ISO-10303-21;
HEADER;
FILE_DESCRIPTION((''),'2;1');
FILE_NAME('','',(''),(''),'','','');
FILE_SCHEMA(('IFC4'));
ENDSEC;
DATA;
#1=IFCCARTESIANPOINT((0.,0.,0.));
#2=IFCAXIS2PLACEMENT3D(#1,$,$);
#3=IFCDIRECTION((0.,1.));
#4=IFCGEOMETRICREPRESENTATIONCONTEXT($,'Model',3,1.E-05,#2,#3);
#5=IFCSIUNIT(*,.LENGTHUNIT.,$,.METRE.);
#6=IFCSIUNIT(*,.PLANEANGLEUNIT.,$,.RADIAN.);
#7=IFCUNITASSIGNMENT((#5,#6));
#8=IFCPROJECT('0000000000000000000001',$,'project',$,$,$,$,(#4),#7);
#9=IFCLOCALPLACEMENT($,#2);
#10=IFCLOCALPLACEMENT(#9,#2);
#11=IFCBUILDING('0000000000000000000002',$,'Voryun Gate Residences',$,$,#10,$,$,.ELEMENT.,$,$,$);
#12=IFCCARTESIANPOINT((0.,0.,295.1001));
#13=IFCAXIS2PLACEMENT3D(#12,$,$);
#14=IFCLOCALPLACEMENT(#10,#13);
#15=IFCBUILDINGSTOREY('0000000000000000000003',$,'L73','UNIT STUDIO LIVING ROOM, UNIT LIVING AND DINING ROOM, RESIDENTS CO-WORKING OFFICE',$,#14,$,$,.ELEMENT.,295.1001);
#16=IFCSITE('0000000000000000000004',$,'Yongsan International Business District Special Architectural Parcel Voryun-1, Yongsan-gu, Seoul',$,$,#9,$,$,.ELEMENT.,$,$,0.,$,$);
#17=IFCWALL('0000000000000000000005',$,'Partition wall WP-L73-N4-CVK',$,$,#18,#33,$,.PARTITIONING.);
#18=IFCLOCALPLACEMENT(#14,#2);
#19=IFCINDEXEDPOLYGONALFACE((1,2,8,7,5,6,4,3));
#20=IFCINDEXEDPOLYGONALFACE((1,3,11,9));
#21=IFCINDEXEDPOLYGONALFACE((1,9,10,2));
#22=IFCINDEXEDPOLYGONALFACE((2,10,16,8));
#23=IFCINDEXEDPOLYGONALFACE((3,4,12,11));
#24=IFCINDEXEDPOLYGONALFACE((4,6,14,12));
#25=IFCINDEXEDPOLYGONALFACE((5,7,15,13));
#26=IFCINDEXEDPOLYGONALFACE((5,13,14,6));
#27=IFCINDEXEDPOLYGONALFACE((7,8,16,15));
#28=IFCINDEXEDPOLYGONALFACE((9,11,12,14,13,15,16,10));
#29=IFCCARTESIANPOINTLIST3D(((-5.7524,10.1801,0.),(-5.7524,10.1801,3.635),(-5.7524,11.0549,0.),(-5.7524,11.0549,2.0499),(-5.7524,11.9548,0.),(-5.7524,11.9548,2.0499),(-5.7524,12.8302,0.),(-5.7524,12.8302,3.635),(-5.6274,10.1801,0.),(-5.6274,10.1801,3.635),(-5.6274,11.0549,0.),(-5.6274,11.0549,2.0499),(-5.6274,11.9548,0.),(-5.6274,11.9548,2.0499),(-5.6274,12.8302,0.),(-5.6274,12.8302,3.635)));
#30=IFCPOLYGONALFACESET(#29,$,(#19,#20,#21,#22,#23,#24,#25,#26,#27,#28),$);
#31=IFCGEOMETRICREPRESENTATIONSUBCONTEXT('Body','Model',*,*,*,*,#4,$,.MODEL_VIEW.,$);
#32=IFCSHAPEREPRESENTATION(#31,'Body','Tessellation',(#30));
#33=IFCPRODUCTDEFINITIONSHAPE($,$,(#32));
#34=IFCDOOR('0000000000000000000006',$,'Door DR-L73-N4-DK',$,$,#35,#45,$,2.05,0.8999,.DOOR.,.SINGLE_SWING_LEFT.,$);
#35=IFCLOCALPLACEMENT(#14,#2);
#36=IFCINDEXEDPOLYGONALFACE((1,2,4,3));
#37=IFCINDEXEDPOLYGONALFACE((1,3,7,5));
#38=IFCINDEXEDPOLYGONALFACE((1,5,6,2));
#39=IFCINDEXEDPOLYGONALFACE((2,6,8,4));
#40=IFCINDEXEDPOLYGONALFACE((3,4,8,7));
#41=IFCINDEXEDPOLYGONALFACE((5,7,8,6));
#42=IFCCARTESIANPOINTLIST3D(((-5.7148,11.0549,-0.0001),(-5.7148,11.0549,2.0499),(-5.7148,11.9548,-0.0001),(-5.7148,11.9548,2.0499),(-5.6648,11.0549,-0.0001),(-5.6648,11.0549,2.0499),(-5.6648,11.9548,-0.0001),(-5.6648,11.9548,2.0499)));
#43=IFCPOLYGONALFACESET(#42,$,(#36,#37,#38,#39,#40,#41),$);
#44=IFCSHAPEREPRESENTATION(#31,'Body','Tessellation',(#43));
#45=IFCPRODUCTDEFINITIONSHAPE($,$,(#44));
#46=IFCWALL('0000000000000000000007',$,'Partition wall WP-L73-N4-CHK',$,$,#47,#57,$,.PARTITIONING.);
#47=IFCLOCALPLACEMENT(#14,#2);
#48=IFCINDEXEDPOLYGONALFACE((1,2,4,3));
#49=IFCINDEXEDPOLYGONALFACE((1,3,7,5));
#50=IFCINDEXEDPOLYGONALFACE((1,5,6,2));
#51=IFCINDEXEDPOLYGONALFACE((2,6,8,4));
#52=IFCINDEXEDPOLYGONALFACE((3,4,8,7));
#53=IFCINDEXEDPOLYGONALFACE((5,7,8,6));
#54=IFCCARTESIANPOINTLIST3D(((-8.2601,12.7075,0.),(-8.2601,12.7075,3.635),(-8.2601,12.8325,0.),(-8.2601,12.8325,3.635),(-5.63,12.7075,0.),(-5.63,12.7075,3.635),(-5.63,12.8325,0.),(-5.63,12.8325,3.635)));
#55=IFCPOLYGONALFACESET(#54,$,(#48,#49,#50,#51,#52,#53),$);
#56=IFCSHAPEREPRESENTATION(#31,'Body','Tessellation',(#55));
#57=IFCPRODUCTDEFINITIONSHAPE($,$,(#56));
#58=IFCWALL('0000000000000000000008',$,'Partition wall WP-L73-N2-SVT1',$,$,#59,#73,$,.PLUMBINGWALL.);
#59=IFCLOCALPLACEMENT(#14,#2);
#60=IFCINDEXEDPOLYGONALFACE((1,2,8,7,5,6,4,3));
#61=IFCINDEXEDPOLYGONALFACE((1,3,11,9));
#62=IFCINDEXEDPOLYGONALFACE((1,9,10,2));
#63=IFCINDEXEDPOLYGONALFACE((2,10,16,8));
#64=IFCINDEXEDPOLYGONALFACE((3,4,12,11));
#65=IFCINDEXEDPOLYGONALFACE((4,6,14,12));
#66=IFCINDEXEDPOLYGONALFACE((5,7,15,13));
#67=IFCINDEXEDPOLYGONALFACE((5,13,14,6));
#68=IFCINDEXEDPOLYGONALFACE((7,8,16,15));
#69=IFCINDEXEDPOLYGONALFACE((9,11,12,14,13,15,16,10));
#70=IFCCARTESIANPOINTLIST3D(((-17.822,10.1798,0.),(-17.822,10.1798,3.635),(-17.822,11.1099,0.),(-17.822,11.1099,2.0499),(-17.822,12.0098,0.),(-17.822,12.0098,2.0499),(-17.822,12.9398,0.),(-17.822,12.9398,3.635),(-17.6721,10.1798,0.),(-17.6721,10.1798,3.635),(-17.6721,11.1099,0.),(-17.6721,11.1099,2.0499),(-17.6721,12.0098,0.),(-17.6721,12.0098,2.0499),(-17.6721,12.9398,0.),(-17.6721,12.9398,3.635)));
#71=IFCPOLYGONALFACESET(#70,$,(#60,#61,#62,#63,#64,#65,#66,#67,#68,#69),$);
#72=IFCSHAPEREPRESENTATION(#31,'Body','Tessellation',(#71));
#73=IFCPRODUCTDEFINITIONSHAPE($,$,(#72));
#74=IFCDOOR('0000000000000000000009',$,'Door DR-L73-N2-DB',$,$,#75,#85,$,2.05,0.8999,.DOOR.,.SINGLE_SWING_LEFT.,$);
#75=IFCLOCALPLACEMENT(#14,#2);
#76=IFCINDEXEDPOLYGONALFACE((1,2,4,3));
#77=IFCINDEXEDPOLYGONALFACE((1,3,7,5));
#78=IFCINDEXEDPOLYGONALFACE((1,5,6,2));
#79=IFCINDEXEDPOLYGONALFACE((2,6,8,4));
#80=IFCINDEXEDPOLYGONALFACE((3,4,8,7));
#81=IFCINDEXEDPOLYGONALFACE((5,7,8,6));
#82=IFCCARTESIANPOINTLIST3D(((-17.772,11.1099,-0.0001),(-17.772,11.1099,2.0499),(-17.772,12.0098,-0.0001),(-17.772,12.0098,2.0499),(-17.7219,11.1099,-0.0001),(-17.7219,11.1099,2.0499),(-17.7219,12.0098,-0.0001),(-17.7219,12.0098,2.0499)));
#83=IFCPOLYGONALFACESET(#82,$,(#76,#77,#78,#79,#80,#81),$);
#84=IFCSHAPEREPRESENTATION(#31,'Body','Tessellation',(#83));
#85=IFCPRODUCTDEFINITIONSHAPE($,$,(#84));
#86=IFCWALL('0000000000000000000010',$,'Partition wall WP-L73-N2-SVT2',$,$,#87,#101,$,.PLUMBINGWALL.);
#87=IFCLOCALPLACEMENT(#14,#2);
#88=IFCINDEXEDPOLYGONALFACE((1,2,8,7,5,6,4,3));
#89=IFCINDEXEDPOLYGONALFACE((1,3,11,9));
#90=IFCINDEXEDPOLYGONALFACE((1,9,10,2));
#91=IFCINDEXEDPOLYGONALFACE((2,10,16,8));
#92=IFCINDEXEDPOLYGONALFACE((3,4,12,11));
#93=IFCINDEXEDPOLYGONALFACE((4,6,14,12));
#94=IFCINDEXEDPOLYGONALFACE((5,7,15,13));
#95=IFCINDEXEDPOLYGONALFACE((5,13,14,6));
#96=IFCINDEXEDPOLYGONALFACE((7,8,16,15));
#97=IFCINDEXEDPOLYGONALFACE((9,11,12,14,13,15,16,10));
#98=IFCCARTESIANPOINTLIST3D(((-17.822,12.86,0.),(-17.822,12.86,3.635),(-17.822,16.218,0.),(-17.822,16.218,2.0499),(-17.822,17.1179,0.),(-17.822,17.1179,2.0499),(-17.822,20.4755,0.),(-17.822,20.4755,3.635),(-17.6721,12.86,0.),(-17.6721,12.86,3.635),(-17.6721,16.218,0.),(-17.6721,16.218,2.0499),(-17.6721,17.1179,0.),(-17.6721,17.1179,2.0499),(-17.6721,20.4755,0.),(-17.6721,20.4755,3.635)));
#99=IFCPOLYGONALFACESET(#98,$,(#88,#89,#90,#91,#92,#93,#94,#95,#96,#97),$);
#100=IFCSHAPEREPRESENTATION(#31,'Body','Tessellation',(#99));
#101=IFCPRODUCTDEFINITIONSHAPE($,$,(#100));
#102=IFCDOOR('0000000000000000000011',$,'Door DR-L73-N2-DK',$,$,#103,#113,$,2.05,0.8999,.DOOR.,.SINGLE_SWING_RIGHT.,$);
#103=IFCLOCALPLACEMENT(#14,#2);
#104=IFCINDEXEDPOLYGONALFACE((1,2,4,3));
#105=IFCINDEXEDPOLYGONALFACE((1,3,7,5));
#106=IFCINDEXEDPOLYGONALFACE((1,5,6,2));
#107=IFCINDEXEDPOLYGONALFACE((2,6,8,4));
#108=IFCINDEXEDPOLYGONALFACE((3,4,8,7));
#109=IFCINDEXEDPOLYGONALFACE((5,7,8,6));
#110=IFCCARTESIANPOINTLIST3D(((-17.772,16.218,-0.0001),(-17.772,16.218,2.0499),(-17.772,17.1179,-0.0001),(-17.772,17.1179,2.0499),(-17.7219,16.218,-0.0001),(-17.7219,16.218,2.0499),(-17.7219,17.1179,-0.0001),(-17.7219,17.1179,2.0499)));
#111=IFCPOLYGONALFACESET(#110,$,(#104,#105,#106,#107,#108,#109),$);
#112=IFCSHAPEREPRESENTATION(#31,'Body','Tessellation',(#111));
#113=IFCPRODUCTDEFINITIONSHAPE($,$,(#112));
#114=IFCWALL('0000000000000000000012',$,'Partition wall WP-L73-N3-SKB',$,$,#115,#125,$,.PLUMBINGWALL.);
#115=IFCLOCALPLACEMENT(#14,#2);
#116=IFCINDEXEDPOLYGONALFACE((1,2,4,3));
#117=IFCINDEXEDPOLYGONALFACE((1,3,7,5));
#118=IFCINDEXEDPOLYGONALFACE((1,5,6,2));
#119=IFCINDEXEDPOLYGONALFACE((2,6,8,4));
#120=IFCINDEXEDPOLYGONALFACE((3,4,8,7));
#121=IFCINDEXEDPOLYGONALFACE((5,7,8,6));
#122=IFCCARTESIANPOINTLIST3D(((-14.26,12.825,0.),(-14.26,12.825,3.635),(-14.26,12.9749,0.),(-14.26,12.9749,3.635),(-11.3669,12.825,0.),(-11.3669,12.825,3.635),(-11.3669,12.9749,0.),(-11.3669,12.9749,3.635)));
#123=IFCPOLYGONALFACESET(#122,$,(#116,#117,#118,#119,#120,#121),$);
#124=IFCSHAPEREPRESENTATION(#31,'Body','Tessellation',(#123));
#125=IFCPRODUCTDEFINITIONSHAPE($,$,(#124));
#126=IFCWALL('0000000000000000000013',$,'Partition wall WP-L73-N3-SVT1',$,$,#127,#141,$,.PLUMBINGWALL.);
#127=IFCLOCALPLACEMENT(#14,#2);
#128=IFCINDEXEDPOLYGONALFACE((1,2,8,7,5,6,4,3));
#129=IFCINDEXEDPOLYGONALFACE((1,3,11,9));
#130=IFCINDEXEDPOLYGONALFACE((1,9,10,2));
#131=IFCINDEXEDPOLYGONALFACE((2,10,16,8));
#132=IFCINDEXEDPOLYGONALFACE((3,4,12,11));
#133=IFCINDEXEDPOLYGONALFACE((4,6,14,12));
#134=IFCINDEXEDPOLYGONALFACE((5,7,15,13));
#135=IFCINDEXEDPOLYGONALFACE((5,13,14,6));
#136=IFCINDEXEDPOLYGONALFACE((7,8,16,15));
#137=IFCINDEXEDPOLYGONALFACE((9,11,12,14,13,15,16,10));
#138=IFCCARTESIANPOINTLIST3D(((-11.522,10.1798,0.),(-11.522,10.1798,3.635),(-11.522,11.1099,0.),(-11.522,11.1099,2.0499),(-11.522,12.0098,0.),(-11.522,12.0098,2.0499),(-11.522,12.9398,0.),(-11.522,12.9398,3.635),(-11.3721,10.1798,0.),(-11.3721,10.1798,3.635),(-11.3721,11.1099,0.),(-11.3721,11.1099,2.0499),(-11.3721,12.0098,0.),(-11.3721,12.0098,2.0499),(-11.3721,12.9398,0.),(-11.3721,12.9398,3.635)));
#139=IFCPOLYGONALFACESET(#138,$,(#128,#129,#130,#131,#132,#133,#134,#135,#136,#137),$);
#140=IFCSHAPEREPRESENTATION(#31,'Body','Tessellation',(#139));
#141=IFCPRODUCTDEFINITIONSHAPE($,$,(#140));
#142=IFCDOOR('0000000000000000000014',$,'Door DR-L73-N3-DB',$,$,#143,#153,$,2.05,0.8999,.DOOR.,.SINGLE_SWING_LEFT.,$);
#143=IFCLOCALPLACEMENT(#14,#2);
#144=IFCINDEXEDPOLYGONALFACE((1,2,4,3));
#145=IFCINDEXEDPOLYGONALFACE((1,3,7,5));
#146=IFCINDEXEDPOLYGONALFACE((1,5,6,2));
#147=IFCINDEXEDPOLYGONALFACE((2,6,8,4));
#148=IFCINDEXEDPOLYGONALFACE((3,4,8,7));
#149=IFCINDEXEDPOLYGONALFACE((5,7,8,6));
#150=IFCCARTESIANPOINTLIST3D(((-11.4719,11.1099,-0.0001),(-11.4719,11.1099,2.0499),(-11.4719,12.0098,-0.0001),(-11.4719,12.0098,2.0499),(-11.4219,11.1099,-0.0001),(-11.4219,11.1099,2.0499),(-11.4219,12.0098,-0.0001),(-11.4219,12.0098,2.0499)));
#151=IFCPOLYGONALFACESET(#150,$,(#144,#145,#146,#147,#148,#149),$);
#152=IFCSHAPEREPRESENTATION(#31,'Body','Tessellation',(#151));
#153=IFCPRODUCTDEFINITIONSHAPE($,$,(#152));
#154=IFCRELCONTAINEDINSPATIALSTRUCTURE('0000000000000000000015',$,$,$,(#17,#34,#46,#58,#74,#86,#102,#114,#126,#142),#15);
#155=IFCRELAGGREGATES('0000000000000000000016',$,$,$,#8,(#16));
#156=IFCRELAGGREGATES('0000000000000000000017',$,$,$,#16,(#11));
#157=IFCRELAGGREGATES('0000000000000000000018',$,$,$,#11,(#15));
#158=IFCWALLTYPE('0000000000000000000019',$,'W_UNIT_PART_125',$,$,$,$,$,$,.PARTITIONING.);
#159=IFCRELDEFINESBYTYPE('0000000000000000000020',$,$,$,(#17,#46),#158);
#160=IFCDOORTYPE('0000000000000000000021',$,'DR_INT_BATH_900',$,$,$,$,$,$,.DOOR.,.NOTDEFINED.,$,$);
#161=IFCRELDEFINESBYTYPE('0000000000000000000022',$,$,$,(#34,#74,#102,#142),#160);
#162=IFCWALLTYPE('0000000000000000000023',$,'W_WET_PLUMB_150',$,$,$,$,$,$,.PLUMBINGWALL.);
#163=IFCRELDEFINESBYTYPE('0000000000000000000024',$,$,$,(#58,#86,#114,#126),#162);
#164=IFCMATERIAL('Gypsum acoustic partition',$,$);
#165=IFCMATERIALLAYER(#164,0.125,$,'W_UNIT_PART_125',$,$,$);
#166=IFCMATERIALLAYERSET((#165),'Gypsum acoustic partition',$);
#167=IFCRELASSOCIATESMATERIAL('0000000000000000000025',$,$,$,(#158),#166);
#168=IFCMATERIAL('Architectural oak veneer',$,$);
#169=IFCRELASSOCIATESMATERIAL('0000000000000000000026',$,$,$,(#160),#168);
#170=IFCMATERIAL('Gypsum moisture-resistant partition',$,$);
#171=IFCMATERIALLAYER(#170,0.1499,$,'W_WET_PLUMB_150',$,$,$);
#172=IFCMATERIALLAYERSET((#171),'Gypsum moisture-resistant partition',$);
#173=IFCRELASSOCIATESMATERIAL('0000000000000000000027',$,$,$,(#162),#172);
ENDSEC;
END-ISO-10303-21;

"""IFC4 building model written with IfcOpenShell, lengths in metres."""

from ifc_helpers import new_model, si_unit, direction, frame, frame_2d, origin, place, context, subcontext, project, spatial, rectangle, extrude, material, layer, layer_set, type_object, element, fill, save


model = new_model("IFC4")

# Units and contexts
model_context = context("Model", 3, precision=1e-05, world=origin(), true_north=direction((0.0, 1.0)))
body_context = subcontext(model_context, "Body", "Model", "MODEL_VIEW")
ifc_project = project(units=[si_unit("LENGTHUNIT", "METRE"), si_unit("PLANEANGLEUNIT", "RADIAN")], contexts=[model_context])

# Site, building, storey
site_placement = place(None, origin())
site = spatial("IfcSite", under=ifc_project, at=site_placement, Name="Yongsan International Business District Special Architectural Parcel Voryun-1, Yongsan-gu, Seoul", CompositionType="ELEMENT", RefElevation=0.0)
building_placement = place(site_placement, origin())
building = spatial("IfcBuilding", under=site, at=building_placement, Name="Voryun Gate Residences", CompositionType="ELEMENT")
storey_placement = place(building_placement, frame((0.0, 0.0, 295.1001)))
storey = spatial("IfcBuildingStorey", under=building, at=storey_placement, Name="L73", Description="UNIT STUDIO LIVING ROOM, UNIT LIVING AND DINING ROOM, RESIDENTS CO-WORKING OFFICE", CompositionType="ELEMENT", Elevation=295.1001)

# Wall, opening, door
ifc_material_1 = material(Name="Gypsum acoustic partition")
ifc_layer_1 = layer(ifc_material_1, 0.125, Name="W_UNIT_PART_125")
ifc_layer_set_1 = layer_set([ifc_layer_1], Name="Gypsum acoustic partition")
wall_type_1 = type_object("IfcWallType", Name="W_UNIT_PART_125", PredefinedType="PARTITIONING", material=ifc_layer_set_1)
wall_1_placement = place(storey_placement, frame((-5.6899, 10.1799, 0.0), z_axis=(0.0, 0.0, 1.0), x_axis=(0.0, 1.0, 0.0)))
wall_1 = element("IfcWall", 1, at=wall_1_placement, inside=storey, type_object=wall_type_1, Name="Partition wall WP-L73-N4-CVK", PredefinedType="PARTITIONING", context=body_context, shape_type="SweptSolid", body=[
    extrude(rectangle(XDim=2.6501, YDim=0.125, at=frame_2d((1.3252, 0.0))), origin(), (0.0, 0.0, 1.0), 3.635),
])
opening_1_placement = place(wall_1_placement, frame((0.875, 0.0, 0.0)))
opening_1 = element("IfcOpeningElement", 2, at=opening_1_placement, cuts=wall_1, PredefinedType="OPENING", context=body_context, shape_type="SweptSolid", body=[
    extrude(rectangle(XDim=0.8999, YDim=2.05, at=frame_2d((0.45, 1.0249))), frame((0.0, 0.0725, 0.0), z_axis=(0.0, -1.0, 0.0), x_axis=(1.0, 0.0, 0.0)), (0.0, 0.0, 1.0), 0.145),
])
ifc_material_2 = material(Name="Architectural oak veneer")
door_type_1 = type_object("IfcDoorType", Name="DR_INT_BATH_900", OperationType="NOTDEFINED", PredefinedType="DOOR", material=ifc_material_2)
door_1_placement = place(opening_1_placement, origin())
door_1 = element("IfcDoor", 3, at=door_1_placement, inside=storey, type_object=door_type_1, Name="Door DR-L73-N4-DK", OperationType="SINGLE_SWING_LEFT", OverallHeight=2.05, OverallWidth=0.8999, PredefinedType="DOOR", context=body_context, shape_type="SweptSolid", body=[
    extrude(rectangle(XDim=0.8999, YDim=2.05, at=frame_2d((0.45, 1.0249))), frame((0.0, 0.0249, 0.0), z_axis=(0.0, -1.0, 0.0), x_axis=(1.0, 0.0, 0.0)), (0.0, 0.0, 1.0), 0.05),
])
fill(opening_1, door_1)

# Wall
wall_2_placement = place(storey_placement, frame((-8.26, 12.77, 0.0), z_axis=(0.0, 0.0, 1.0), x_axis=(1.0, 0.0, 0.0)))
element("IfcWall", 4, at=wall_2_placement, inside=storey, type_object=wall_type_1, Name="Partition wall WP-L73-N4-CHK", PredefinedType="PARTITIONING", context=body_context, shape_type="SweptSolid", body=[
    extrude(rectangle(XDim=2.6301, YDim=0.125, at=frame_2d((1.3149, 0.0))), origin(), (0.0, 0.0, 1.0), 3.635),
])

# Walls, openings, doors
ifc_material_3 = material(Name="Gypsum moisture-resistant partition")
ifc_layer_2 = layer(ifc_material_3, 0.1499, Name="W_WET_PLUMB_150")
ifc_layer_set_2 = layer_set([ifc_layer_2], Name="Gypsum moisture-resistant partition")
wall_type_2 = type_object("IfcWallType", Name="W_WET_PLUMB_150", PredefinedType="PLUMBINGWALL", material=ifc_layer_set_2)
wall_3_placement = place(storey_placement, frame((-17.7471, 10.1799, 0.0), z_axis=(0.0, 0.0, 1.0), x_axis=(0.0, 1.0, 0.0)))
wall_3 = element("IfcWall", 5, at=wall_3_placement, inside=storey, type_object=wall_type_2, Name="Partition wall WP-L73-N2-SVT1", PredefinedType="PLUMBINGWALL", context=body_context, shape_type="SweptSolid", body=[
    extrude(rectangle(XDim=2.76, YDim=0.1499, at=frame_2d((1.3799, 0.0))), origin(), (0.0, 0.0, 1.0), 3.635),
])
opening_2_placement = place(wall_3_placement, frame((0.9299, 0.0, 0.0)))
opening_2 = element("IfcOpeningElement", 6, at=opening_2_placement, cuts=wall_3, PredefinedType="OPENING", context=body_context, shape_type="SweptSolid", body=[
    extrude(rectangle(XDim=0.8999, YDim=2.05, at=frame_2d((0.45, 1.0249))), frame((0.0, 0.085, 0.0), z_axis=(0.0, -1.0, 0.0), x_axis=(1.0, 0.0, 0.0)), (0.0, 0.0, 1.0), 0.1699),
])
door_2_placement = place(opening_2_placement, origin())
door_2 = element("IfcDoor", 7, at=door_2_placement, inside=storey, type_object=door_type_1, Name="Door DR-L73-N2-DB", OperationType="SINGLE_SWING_LEFT", OverallHeight=2.05, OverallWidth=0.8999, PredefinedType="DOOR", context=body_context, shape_type="SweptSolid", body=[
    extrude(rectangle(XDim=0.8999, YDim=2.05, at=frame_2d((0.45, 1.0249))), frame((0.0, 0.0249, 0.0), z_axis=(0.0, -1.0, 0.0), x_axis=(1.0, 0.0, 0.0)), (0.0, 0.0, 1.0), 0.05),
])
fill(opening_2, door_2)
wall_4_placement = place(storey_placement, frame((-17.7471, 12.8601, 0.0), z_axis=(0.0, 0.0, 1.0), x_axis=(0.0, 1.0, 0.0)))
wall_4 = element("IfcWall", 8, at=wall_4_placement, inside=storey, type_object=wall_type_2, Name="Partition wall WP-L73-N2-SVT2", PredefinedType="PLUMBINGWALL", context=body_context, shape_type="SweptSolid", body=[
    extrude(rectangle(XDim=7.6155, YDim=0.1499, at=frame_2d((3.8076, 0.0))), origin(), (0.0, 0.0, 1.0), 3.635),
])
opening_3_placement = place(wall_4_placement, frame((3.3579, 0.0, 0.0)))
opening_3 = element("IfcOpeningElement", 9, at=opening_3_placement, cuts=wall_4, PredefinedType="OPENING", context=body_context, shape_type="SweptSolid", body=[
    extrude(rectangle(XDim=0.8999, YDim=2.05, at=frame_2d((0.45, 1.0249))), frame((0.0, 0.085, 0.0), z_axis=(0.0, -1.0, 0.0), x_axis=(1.0, 0.0, 0.0)), (0.0, 0.0, 1.0), 0.1699),
])
door_3_placement = place(opening_3_placement, origin())
door_3 = element("IfcDoor", 10, at=door_3_placement, inside=storey, type_object=door_type_1, Name="Door DR-L73-N2-DK", OperationType="SINGLE_SWING_RIGHT", OverallHeight=2.05, OverallWidth=0.8999, PredefinedType="DOOR", context=body_context, shape_type="SweptSolid", body=[
    extrude(rectangle(XDim=0.8999, YDim=2.05, at=frame_2d((0.45, 1.0249))), frame((0.0, 0.0249, 0.0), z_axis=(0.0, -1.0, 0.0), x_axis=(1.0, 0.0, 0.0)), (0.0, 0.0, 1.0), 0.05),
])
fill(opening_3, door_3)

# Wall
wall_5_placement = place(storey_placement, frame((-14.26, 12.8999, 0.0), z_axis=(0.0, 0.0, 1.0), x_axis=(1.0, 0.0, 0.0)))
element("IfcWall", 11, at=wall_5_placement, inside=storey, type_object=wall_type_2, Name="Partition wall WP-L73-N3-SKB", PredefinedType="PLUMBINGWALL", context=body_context, shape_type="SweptSolid", body=[
    extrude(rectangle(XDim=2.8931, YDim=0.1499, at=frame_2d((1.4465, 0.0))), origin(), (0.0, 0.0, 1.0), 3.635),
])

# Wall, opening, door
wall_6_placement = place(storey_placement, frame((-11.447, 10.1799, 0.0), z_axis=(0.0, 0.0, 1.0), x_axis=(0.0, 1.0, 0.0)))
wall_6 = element("IfcWall", 12, at=wall_6_placement, inside=storey, type_object=wall_type_2, Name="Partition wall WP-L73-N3-SVT1", PredefinedType="PLUMBINGWALL", context=body_context, shape_type="SweptSolid", body=[
    extrude(rectangle(XDim=2.76, YDim=0.1499, at=frame_2d((1.3799, 0.0))), origin(), (0.0, 0.0, 1.0), 3.635),
])
opening_4_placement = place(wall_6_placement, frame((0.9299, 0.0, 0.0)))
opening_4 = element("IfcOpeningElement", 13, at=opening_4_placement, cuts=wall_6, PredefinedType="OPENING", context=body_context, shape_type="SweptSolid", body=[
    extrude(rectangle(XDim=0.8999, YDim=2.05, at=frame_2d((0.45, 1.0249))), frame((0.0, 0.085, 0.0), z_axis=(0.0, -1.0, 0.0), x_axis=(1.0, 0.0, 0.0)), (0.0, 0.0, 1.0), 0.1699),
])
door_4_placement = place(opening_4_placement, origin())
door_4 = element("IfcDoor", 14, at=door_4_placement, inside=storey, type_object=door_type_1, Name="Door DR-L73-N3-DB", OperationType="SINGLE_SWING_LEFT", OverallHeight=2.05, OverallWidth=0.8999, PredefinedType="DOOR", context=body_context, shape_type="SweptSolid", body=[
    extrude(rectangle(XDim=0.8999, YDim=2.05, at=frame_2d((0.45, 1.0249))), frame((0.0, 0.0249, 0.0), z_axis=(0.0, -1.0, 0.0), x_axis=(1.0, 0.0, 0.0)), (0.0, 0.0, 1.0), 0.05),
])
fill(opening_4, door_4)

save(model, "model.ifc")
